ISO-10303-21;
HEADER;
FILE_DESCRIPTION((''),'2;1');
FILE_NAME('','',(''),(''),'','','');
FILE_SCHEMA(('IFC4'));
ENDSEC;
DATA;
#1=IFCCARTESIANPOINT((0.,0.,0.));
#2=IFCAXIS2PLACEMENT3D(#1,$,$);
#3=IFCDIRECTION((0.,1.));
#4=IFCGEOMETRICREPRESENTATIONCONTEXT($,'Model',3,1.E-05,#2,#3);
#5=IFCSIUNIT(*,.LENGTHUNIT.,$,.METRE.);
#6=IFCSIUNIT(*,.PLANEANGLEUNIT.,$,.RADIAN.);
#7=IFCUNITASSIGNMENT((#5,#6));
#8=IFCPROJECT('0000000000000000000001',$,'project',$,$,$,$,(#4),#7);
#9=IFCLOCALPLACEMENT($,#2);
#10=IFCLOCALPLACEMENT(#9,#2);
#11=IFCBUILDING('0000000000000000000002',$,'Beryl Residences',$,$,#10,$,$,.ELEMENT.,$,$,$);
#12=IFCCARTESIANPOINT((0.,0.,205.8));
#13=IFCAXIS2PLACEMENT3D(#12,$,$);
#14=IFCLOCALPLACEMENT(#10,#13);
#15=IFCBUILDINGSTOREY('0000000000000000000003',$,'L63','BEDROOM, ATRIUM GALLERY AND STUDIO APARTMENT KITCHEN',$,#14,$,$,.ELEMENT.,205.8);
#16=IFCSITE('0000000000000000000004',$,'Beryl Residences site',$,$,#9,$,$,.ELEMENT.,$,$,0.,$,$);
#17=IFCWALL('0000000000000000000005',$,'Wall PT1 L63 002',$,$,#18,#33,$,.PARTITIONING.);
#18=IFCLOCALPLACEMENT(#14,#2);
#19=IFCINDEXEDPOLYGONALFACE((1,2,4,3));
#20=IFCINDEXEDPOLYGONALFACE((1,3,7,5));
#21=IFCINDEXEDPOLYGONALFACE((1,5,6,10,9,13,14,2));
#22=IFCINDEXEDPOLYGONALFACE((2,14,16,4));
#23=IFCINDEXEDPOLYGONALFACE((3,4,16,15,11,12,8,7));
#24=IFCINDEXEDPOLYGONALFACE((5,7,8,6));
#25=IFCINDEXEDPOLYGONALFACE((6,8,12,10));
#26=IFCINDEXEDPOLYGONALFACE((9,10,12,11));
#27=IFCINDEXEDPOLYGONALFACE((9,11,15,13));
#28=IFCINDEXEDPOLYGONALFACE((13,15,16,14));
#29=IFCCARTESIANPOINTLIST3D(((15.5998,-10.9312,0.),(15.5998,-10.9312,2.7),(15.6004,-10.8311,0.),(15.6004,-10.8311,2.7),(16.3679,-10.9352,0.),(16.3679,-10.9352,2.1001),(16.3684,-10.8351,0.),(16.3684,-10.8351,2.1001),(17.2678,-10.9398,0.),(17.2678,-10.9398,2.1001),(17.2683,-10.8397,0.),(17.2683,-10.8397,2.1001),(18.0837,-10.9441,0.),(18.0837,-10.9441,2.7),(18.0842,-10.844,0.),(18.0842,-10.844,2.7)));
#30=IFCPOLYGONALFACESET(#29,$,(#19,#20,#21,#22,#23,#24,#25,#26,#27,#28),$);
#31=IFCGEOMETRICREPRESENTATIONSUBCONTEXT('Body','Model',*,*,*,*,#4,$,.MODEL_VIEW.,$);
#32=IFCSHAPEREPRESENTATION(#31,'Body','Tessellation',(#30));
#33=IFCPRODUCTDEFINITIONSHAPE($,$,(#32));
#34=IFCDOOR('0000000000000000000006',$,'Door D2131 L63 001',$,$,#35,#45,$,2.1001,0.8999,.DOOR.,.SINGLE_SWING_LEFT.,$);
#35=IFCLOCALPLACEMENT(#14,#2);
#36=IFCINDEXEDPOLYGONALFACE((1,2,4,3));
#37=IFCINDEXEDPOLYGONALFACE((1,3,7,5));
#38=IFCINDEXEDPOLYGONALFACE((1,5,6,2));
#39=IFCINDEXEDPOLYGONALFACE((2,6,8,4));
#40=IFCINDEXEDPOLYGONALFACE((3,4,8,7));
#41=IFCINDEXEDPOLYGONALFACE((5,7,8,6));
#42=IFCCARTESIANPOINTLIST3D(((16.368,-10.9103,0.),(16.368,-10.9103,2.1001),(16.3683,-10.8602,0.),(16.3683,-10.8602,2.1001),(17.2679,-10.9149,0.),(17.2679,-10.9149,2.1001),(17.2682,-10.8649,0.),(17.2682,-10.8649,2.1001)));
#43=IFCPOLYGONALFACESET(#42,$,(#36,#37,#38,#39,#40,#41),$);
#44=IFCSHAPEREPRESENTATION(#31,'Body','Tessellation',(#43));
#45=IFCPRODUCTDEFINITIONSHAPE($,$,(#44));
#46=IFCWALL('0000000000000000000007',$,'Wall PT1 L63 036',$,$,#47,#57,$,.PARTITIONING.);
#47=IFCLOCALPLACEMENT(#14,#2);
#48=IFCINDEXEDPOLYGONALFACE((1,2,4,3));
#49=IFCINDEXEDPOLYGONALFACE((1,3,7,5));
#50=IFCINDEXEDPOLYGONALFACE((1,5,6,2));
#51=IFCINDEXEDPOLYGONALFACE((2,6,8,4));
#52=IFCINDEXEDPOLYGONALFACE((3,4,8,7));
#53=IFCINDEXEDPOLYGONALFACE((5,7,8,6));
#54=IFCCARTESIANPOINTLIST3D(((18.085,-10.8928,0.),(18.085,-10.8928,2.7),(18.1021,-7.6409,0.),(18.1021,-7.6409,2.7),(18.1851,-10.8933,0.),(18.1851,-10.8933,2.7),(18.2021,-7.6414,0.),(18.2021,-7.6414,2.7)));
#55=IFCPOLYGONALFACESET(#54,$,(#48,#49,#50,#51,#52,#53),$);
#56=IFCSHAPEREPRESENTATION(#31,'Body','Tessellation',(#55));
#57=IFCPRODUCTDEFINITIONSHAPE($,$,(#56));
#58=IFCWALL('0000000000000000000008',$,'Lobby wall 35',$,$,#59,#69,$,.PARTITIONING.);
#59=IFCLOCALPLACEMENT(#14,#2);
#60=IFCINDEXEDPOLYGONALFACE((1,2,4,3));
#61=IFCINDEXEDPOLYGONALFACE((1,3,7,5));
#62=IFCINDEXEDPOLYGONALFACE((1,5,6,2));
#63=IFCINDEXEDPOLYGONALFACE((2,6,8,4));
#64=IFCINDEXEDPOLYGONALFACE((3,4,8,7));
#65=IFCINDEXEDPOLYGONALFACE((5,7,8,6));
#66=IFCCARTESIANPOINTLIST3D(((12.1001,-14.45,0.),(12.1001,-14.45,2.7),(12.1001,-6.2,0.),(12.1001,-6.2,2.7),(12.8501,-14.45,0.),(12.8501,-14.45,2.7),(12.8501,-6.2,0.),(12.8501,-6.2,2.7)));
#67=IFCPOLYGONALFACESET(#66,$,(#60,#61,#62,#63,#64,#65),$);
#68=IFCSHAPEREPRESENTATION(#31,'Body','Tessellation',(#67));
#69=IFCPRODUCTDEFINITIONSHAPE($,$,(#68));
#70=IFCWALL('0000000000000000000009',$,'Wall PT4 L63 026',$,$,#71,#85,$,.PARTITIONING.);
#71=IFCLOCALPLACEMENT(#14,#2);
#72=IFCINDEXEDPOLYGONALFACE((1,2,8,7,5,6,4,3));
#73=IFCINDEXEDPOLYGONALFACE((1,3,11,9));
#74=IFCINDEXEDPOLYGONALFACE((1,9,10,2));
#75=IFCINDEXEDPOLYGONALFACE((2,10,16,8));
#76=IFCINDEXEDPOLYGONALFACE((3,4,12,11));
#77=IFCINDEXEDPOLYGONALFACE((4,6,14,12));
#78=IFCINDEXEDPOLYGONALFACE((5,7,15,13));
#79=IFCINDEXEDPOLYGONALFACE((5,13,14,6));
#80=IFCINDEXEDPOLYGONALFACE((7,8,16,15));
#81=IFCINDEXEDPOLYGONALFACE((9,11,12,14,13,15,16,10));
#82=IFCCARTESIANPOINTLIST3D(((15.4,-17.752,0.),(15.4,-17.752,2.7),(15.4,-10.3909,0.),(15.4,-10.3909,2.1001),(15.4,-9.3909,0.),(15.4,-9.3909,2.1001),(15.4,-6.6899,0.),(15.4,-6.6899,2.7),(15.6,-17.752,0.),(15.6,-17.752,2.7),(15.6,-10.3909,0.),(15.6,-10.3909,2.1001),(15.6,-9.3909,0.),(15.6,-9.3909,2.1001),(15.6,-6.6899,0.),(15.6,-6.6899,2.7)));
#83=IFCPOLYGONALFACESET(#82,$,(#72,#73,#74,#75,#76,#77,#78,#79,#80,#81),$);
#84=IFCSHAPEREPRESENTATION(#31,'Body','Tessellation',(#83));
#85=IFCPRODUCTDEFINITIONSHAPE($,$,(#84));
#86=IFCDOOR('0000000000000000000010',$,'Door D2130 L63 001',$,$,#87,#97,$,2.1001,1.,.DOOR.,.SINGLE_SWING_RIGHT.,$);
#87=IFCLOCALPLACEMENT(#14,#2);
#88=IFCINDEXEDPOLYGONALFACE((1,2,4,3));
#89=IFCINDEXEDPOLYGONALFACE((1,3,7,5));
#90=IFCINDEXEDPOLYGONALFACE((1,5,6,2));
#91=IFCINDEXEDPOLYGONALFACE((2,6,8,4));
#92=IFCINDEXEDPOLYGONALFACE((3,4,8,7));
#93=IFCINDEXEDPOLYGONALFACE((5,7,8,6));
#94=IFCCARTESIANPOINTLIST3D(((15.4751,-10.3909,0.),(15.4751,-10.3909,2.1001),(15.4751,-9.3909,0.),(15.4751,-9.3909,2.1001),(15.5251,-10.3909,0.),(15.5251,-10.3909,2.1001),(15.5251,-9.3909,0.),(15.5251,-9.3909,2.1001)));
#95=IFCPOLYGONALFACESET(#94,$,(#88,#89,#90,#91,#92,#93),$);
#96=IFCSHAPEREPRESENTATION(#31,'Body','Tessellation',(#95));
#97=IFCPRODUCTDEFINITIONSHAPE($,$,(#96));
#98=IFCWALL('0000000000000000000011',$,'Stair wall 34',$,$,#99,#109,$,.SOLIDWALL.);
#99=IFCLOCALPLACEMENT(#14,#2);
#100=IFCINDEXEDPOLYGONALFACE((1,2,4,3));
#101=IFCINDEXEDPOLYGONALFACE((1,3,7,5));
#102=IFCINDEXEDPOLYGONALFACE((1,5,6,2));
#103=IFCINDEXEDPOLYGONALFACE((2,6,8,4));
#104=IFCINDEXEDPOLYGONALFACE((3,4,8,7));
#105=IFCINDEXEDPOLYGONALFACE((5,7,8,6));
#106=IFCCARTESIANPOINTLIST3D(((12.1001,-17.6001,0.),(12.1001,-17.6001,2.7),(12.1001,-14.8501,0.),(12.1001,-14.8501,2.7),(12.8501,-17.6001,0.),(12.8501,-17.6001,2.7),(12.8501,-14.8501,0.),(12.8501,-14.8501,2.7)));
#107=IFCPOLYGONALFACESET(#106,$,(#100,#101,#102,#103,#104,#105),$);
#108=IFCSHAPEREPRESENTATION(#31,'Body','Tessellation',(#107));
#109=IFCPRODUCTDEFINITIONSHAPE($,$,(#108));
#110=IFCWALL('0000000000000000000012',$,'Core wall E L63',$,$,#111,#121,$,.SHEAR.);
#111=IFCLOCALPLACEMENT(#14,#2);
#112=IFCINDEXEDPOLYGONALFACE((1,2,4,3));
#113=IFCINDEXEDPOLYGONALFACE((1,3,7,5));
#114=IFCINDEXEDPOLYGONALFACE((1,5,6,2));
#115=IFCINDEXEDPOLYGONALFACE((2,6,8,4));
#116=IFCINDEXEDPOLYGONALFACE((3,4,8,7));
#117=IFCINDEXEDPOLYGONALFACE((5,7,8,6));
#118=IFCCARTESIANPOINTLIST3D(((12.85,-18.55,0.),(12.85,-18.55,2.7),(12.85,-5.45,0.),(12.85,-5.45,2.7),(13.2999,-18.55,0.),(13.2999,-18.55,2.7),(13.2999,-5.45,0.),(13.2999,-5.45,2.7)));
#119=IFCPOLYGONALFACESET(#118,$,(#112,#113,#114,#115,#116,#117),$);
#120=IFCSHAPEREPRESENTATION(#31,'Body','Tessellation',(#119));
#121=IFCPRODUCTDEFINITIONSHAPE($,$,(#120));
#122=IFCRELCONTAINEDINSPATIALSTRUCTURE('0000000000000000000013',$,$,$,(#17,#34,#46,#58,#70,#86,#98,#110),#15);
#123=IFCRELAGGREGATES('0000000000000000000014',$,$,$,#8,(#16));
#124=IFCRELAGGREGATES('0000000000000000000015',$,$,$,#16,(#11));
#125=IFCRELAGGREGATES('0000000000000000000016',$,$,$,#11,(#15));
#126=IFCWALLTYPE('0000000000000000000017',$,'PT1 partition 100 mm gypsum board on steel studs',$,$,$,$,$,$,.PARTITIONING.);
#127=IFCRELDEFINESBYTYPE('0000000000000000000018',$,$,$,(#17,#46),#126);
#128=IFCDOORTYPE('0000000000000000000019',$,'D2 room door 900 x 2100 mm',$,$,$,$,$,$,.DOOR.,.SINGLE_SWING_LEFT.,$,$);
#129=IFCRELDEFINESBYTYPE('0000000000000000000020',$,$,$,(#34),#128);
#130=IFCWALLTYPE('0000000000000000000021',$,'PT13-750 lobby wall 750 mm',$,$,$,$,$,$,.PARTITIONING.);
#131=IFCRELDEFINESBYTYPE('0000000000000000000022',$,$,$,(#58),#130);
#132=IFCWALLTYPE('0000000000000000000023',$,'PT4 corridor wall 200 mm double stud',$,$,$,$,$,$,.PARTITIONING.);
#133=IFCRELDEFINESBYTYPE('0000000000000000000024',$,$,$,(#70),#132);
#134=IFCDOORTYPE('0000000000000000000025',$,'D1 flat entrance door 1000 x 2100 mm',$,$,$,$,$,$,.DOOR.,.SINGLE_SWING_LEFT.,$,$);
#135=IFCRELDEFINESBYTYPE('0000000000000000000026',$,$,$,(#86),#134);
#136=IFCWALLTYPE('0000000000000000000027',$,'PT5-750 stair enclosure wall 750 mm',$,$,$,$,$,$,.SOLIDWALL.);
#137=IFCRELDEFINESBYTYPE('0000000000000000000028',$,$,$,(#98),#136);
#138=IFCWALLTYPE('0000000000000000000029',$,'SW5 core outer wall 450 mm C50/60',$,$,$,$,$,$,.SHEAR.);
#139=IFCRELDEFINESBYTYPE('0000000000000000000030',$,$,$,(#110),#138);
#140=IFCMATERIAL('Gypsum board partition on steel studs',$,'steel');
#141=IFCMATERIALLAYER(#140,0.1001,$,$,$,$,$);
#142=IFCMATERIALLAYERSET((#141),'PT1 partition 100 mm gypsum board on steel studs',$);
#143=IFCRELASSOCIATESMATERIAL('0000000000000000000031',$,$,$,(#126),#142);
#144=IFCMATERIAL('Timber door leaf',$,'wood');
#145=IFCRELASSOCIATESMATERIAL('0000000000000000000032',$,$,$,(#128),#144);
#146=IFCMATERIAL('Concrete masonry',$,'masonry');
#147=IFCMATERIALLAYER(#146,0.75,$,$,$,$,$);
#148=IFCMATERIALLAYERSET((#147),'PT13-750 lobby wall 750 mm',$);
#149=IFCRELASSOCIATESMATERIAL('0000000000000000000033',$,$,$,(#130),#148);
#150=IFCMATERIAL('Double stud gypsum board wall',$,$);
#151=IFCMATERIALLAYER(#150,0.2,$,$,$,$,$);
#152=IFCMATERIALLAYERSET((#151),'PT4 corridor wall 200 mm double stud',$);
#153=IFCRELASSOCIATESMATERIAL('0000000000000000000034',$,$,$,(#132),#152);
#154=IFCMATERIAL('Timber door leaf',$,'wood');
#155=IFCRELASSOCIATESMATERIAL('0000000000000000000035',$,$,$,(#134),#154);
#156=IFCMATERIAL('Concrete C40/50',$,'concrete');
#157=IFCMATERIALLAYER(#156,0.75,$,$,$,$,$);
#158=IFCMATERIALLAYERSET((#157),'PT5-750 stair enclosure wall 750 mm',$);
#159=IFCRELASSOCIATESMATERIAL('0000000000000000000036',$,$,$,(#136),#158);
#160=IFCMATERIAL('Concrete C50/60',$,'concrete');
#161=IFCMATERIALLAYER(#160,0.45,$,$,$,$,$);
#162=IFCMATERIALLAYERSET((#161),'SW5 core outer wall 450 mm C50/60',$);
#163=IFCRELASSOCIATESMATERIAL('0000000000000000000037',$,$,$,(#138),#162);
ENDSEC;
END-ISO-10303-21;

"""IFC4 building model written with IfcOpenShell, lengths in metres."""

from ifc_helpers import new_model, si_unit, direction, frame, frame_2d, origin, place, context, subcontext, project, spatial, rectangle, extrude, material, layer, layer_set, type_object, element, fill, save


model = new_model("IFC4")

# Units and contexts
model_context = context("Model", 3, precision=1e-05, world=origin(), true_north=direction((0.0, 1.0)))
body_context = subcontext(model_context, "Body", "Model", "MODEL_VIEW")
ifc_project = project(units=[si_unit("LENGTHUNIT", "METRE"), si_unit("PLANEANGLEUNIT", "RADIAN")], contexts=[model_context])

# Site, building, storey
site_placement = place(None, origin())
site = spatial("IfcSite", under=ifc_project, at=site_placement, Name="Beryl Residences site", CompositionType="ELEMENT", RefElevation=0.0)
building_placement = place(site_placement, origin())
building = spatial("IfcBuilding", under=site, at=building_placement, Name="Beryl Residences", CompositionType="ELEMENT")
storey_placement = place(building_placement, frame((0.0, 0.0, 205.8)))
storey = spatial("IfcBuildingStorey", under=building, at=storey_placement, Name="L63", Description="BEDROOM, ATRIUM GALLERY AND STUDIO APARTMENT KITCHEN", CompositionType="ELEMENT", Elevation=205.8)

# Wall, opening, door
ifc_material_1 = material(Name="Gypsum board partition on steel studs", Category="steel")
ifc_layer_1 = layer(ifc_material_1, 0.1001)
ifc_layer_set_1 = layer_set([ifc_layer_1], Name="PT1 partition 100 mm gypsum board on steel studs")
wall_type_1 = type_object("IfcWallType", Name="PT1 partition 100 mm gypsum board on steel studs", PredefinedType="PARTITIONING", material=ifc_layer_set_1)
wall_1_placement = place(storey_placement, frame((15.6001, -10.8811, 0.0), z_axis=(0.0, 0.0, 1.0), x_axis=(0.999986, -0.005209, 0.0)))
wall_1 = element("IfcWall", 1, at=wall_1_placement, inside=storey, type_object=wall_type_1, Name="Wall PT1 L63 002", PredefinedType="PARTITIONING", context=body_context, shape_type="SweptSolid", body=[
    extrude(rectangle(XDim=2.4839, YDim=0.1001, at=frame_2d((1.2419, 0.0))), origin(), (0.0, 0.0, 1.0), 2.7),
])
opening_1_placement = place(wall_1_placement, frame((0.7681, 0.0, 0.0)))
opening_1 = element("IfcOpeningElement", 2, at=opening_1_placement, cuts=wall_1, PredefinedType="OPENING", context=body_context, shape_type="SweptSolid", body=[
    extrude(rectangle(XDim=0.8999, YDim=2.1001, at=frame_2d((0.45, 1.05))), frame((0.0, 0.0601, 0.0), z_axis=(0.0, -1.0, 0.0), x_axis=(1.0, 0.0, 0.0)), (0.0, 0.0, 1.0), 0.1201),
])
ifc_material_2 = material(Name="Timber door leaf", Category="wood")
door_type_1 = type_object("IfcDoorType", Name="D2 room door 900 x 2100 mm", OperationType="SINGLE_SWING_LEFT", PredefinedType="DOOR", material=ifc_material_2)
door_1_placement = place(opening_1_placement, origin())
door_1 = element("IfcDoor", 3, at=door_1_placement, inside=storey, type_object=door_type_1, Name="Door D2131 L63 001", OperationType="SINGLE_SWING_LEFT", OverallHeight=2.1001, OverallWidth=0.8999, PredefinedType="DOOR", context=body_context, shape_type="SweptSolid", body=[
    extrude(rectangle(XDim=0.8999, YDim=2.1001, at=frame_2d((0.45, 1.05))), frame((0.0, 0.0249, 0.0), z_axis=(0.0, -1.0, 0.0), x_axis=(1.0, 0.0, 0.0)), (0.0, 0.0, 1.0), 0.05),
])
fill(opening_1, door_1)

# Walls
wall_2_placement = place(storey_placement, frame((18.135, -10.8931, 0.0), z_axis=(0.0, 0.0, 1.0), x_axis=(0.005255, 0.999986, 0.0)))
element("IfcWall", 4, at=wall_2_placement, inside=storey, type_object=wall_type_1, Name="Wall PT1 L63 036", PredefinedType="PARTITIONING", context=body_context, shape_type="SweptSolid", body=[
    extrude(rectangle(XDim=3.252, YDim=0.1001, at=frame_2d((1.626, 0.0))), origin(), (0.0, 0.0, 1.0), 2.7),
])
ifc_material_3 = material(Name="Concrete masonry", Category="masonry")
ifc_layer_2 = layer(ifc_material_3, 0.75)
ifc_layer_set_2 = layer_set([ifc_layer_2], Name="PT13-750 lobby wall 750 mm")
wall_type_2 = type_object("IfcWallType", Name="PT13-750 lobby wall 750 mm", PredefinedType="PARTITIONING", material=ifc_layer_set_2)
wall_3_placement = place(storey_placement, frame((12.4751, -14.45, 0.0), z_axis=(0.0, 0.0, 1.0), x_axis=(0.0, 1.0, 0.0)))
element("IfcWall", 5, at=wall_3_placement, inside=storey, type_object=wall_type_2, Name="Lobby wall 35", PredefinedType="PARTITIONING", context=body_context, shape_type="SweptSolid", body=[
    extrude(rectangle(XDim=8.25, YDim=0.75, at=frame_2d((4.125, 0.0))), origin(), (0.0, 0.0, 1.0), 2.7),
])

# Wall, opening, door
ifc_material_4 = material(Name="Double stud gypsum board wall")
ifc_layer_3 = layer(ifc_material_4, 0.2)
ifc_layer_set_3 = layer_set([ifc_layer_3], Name="PT4 corridor wall 200 mm double stud")
wall_type_3 = type_object("IfcWallType", Name="PT4 corridor wall 200 mm double stud", PredefinedType="PARTITIONING", material=ifc_layer_set_3)
wall_4_placement = place(storey_placement, frame((15.5, -17.752, 0.0), z_axis=(0.0, 0.0, 1.0), x_axis=(0.0, 1.0, 0.0)))
wall_4 = element("IfcWall", 6, at=wall_4_placement, inside=storey, type_object=wall_type_3, Name="Wall PT4 L63 026", PredefinedType="PARTITIONING", context=body_context, shape_type="SweptSolid", body=[
    extrude(rectangle(XDim=11.062, YDim=0.2, at=frame_2d((5.531, 0.0))), origin(), (0.0, 0.0, 1.0), 2.7),
])
opening_2_placement = place(wall_4_placement, frame((7.3611, 0.0, 0.0)))
opening_2 = element("IfcOpeningElement", 7, at=opening_2_placement, cuts=wall_4, PredefinedType="OPENING", context=body_context, shape_type="SweptSolid", body=[
    extrude(rectangle(XDim=1.0, YDim=2.1001, at=frame_2d((0.5, 1.05))), frame((0.0, 0.1099, 0.0), z_axis=(0.0, -1.0, 0.0), x_axis=(1.0, 0.0, 0.0)), (0.0, 0.0, 1.0), 0.22),
])
ifc_material_5 = material(Name="Timber door leaf", Category="wood")
door_type_2 = type_object("IfcDoorType", Name="D1 flat entrance door 1000 x 2100 mm", OperationType="SINGLE_SWING_LEFT", PredefinedType="DOOR", material=ifc_material_5)
door_2_placement = place(opening_2_placement, origin())
door_2 = element("IfcDoor", 8, at=door_2_placement, inside=storey, type_object=door_type_2, Name="Door D2130 L63 001", OperationType="SINGLE_SWING_RIGHT", OverallHeight=2.1001, OverallWidth=1.0, PredefinedType="DOOR", context=body_context, shape_type="SweptSolid", body=[
    extrude(rectangle(XDim=1.0, YDim=2.1001, at=frame_2d((0.5, 1.05))), frame((0.0, 0.0249, 0.0), z_axis=(0.0, -1.0, 0.0), x_axis=(1.0, 0.0, 0.0)), (0.0, 0.0, 1.0), 0.05),
])
fill(opening_2, door_2)

# Walls
ifc_material_6 = material(Name="Concrete C40/50", Category="concrete")
ifc_layer_4 = layer(ifc_material_6, 0.75)
ifc_layer_set_4 = layer_set([ifc_layer_4], Name="PT5-750 stair enclosure wall 750 mm")
wall_type_4 = type_object("IfcWallType", Name="PT5-750 stair enclosure wall 750 mm", PredefinedType="SOLIDWALL", material=ifc_layer_set_4)
wall_5_placement = place(storey_placement, frame((12.4751, -17.6001, 0.0), z_axis=(0.0, 0.0, 1.0), x_axis=(0.0, 1.0, 0.0)))
element("IfcWall", 9, at=wall_5_placement, inside=storey, type_object=wall_type_4, Name="Stair wall 34", PredefinedType="SOLIDWALL", context=body_context, shape_type="SweptSolid", body=[
    extrude(rectangle(XDim=2.75, YDim=0.75, at=frame_2d((1.375, 0.0))), origin(), (0.0, 0.0, 1.0), 2.7),
])
ifc_material_7 = material(Name="Concrete C50/60", Category="concrete")
ifc_layer_5 = layer(ifc_material_7, 0.45)
ifc_layer_set_5 = layer_set([ifc_layer_5], Name="SW5 core outer wall 450 mm C50/60")
wall_type_5 = type_object("IfcWallType", Name="SW5 core outer wall 450 mm C50/60", PredefinedType="SHEAR", material=ifc_layer_set_5)
wall_6_placement = place(storey_placement, frame((13.075, -18.55, 0.0), z_axis=(0.0, 0.0, 1.0), x_axis=(0.0, 1.0, 0.0)))
element("IfcWall", 10, at=wall_6_placement, inside=storey, type_object=wall_type_5, Name="Core wall E L63", PredefinedType="SHEAR", context=body_context, shape_type="SweptSolid", body=[
    extrude(rectangle(XDim=13.1001, YDim=0.45, at=frame_2d((6.55, 0.0))), origin(), (0.0, 0.0, 1.0), 2.7),
])

save(model, "model.ifc")
